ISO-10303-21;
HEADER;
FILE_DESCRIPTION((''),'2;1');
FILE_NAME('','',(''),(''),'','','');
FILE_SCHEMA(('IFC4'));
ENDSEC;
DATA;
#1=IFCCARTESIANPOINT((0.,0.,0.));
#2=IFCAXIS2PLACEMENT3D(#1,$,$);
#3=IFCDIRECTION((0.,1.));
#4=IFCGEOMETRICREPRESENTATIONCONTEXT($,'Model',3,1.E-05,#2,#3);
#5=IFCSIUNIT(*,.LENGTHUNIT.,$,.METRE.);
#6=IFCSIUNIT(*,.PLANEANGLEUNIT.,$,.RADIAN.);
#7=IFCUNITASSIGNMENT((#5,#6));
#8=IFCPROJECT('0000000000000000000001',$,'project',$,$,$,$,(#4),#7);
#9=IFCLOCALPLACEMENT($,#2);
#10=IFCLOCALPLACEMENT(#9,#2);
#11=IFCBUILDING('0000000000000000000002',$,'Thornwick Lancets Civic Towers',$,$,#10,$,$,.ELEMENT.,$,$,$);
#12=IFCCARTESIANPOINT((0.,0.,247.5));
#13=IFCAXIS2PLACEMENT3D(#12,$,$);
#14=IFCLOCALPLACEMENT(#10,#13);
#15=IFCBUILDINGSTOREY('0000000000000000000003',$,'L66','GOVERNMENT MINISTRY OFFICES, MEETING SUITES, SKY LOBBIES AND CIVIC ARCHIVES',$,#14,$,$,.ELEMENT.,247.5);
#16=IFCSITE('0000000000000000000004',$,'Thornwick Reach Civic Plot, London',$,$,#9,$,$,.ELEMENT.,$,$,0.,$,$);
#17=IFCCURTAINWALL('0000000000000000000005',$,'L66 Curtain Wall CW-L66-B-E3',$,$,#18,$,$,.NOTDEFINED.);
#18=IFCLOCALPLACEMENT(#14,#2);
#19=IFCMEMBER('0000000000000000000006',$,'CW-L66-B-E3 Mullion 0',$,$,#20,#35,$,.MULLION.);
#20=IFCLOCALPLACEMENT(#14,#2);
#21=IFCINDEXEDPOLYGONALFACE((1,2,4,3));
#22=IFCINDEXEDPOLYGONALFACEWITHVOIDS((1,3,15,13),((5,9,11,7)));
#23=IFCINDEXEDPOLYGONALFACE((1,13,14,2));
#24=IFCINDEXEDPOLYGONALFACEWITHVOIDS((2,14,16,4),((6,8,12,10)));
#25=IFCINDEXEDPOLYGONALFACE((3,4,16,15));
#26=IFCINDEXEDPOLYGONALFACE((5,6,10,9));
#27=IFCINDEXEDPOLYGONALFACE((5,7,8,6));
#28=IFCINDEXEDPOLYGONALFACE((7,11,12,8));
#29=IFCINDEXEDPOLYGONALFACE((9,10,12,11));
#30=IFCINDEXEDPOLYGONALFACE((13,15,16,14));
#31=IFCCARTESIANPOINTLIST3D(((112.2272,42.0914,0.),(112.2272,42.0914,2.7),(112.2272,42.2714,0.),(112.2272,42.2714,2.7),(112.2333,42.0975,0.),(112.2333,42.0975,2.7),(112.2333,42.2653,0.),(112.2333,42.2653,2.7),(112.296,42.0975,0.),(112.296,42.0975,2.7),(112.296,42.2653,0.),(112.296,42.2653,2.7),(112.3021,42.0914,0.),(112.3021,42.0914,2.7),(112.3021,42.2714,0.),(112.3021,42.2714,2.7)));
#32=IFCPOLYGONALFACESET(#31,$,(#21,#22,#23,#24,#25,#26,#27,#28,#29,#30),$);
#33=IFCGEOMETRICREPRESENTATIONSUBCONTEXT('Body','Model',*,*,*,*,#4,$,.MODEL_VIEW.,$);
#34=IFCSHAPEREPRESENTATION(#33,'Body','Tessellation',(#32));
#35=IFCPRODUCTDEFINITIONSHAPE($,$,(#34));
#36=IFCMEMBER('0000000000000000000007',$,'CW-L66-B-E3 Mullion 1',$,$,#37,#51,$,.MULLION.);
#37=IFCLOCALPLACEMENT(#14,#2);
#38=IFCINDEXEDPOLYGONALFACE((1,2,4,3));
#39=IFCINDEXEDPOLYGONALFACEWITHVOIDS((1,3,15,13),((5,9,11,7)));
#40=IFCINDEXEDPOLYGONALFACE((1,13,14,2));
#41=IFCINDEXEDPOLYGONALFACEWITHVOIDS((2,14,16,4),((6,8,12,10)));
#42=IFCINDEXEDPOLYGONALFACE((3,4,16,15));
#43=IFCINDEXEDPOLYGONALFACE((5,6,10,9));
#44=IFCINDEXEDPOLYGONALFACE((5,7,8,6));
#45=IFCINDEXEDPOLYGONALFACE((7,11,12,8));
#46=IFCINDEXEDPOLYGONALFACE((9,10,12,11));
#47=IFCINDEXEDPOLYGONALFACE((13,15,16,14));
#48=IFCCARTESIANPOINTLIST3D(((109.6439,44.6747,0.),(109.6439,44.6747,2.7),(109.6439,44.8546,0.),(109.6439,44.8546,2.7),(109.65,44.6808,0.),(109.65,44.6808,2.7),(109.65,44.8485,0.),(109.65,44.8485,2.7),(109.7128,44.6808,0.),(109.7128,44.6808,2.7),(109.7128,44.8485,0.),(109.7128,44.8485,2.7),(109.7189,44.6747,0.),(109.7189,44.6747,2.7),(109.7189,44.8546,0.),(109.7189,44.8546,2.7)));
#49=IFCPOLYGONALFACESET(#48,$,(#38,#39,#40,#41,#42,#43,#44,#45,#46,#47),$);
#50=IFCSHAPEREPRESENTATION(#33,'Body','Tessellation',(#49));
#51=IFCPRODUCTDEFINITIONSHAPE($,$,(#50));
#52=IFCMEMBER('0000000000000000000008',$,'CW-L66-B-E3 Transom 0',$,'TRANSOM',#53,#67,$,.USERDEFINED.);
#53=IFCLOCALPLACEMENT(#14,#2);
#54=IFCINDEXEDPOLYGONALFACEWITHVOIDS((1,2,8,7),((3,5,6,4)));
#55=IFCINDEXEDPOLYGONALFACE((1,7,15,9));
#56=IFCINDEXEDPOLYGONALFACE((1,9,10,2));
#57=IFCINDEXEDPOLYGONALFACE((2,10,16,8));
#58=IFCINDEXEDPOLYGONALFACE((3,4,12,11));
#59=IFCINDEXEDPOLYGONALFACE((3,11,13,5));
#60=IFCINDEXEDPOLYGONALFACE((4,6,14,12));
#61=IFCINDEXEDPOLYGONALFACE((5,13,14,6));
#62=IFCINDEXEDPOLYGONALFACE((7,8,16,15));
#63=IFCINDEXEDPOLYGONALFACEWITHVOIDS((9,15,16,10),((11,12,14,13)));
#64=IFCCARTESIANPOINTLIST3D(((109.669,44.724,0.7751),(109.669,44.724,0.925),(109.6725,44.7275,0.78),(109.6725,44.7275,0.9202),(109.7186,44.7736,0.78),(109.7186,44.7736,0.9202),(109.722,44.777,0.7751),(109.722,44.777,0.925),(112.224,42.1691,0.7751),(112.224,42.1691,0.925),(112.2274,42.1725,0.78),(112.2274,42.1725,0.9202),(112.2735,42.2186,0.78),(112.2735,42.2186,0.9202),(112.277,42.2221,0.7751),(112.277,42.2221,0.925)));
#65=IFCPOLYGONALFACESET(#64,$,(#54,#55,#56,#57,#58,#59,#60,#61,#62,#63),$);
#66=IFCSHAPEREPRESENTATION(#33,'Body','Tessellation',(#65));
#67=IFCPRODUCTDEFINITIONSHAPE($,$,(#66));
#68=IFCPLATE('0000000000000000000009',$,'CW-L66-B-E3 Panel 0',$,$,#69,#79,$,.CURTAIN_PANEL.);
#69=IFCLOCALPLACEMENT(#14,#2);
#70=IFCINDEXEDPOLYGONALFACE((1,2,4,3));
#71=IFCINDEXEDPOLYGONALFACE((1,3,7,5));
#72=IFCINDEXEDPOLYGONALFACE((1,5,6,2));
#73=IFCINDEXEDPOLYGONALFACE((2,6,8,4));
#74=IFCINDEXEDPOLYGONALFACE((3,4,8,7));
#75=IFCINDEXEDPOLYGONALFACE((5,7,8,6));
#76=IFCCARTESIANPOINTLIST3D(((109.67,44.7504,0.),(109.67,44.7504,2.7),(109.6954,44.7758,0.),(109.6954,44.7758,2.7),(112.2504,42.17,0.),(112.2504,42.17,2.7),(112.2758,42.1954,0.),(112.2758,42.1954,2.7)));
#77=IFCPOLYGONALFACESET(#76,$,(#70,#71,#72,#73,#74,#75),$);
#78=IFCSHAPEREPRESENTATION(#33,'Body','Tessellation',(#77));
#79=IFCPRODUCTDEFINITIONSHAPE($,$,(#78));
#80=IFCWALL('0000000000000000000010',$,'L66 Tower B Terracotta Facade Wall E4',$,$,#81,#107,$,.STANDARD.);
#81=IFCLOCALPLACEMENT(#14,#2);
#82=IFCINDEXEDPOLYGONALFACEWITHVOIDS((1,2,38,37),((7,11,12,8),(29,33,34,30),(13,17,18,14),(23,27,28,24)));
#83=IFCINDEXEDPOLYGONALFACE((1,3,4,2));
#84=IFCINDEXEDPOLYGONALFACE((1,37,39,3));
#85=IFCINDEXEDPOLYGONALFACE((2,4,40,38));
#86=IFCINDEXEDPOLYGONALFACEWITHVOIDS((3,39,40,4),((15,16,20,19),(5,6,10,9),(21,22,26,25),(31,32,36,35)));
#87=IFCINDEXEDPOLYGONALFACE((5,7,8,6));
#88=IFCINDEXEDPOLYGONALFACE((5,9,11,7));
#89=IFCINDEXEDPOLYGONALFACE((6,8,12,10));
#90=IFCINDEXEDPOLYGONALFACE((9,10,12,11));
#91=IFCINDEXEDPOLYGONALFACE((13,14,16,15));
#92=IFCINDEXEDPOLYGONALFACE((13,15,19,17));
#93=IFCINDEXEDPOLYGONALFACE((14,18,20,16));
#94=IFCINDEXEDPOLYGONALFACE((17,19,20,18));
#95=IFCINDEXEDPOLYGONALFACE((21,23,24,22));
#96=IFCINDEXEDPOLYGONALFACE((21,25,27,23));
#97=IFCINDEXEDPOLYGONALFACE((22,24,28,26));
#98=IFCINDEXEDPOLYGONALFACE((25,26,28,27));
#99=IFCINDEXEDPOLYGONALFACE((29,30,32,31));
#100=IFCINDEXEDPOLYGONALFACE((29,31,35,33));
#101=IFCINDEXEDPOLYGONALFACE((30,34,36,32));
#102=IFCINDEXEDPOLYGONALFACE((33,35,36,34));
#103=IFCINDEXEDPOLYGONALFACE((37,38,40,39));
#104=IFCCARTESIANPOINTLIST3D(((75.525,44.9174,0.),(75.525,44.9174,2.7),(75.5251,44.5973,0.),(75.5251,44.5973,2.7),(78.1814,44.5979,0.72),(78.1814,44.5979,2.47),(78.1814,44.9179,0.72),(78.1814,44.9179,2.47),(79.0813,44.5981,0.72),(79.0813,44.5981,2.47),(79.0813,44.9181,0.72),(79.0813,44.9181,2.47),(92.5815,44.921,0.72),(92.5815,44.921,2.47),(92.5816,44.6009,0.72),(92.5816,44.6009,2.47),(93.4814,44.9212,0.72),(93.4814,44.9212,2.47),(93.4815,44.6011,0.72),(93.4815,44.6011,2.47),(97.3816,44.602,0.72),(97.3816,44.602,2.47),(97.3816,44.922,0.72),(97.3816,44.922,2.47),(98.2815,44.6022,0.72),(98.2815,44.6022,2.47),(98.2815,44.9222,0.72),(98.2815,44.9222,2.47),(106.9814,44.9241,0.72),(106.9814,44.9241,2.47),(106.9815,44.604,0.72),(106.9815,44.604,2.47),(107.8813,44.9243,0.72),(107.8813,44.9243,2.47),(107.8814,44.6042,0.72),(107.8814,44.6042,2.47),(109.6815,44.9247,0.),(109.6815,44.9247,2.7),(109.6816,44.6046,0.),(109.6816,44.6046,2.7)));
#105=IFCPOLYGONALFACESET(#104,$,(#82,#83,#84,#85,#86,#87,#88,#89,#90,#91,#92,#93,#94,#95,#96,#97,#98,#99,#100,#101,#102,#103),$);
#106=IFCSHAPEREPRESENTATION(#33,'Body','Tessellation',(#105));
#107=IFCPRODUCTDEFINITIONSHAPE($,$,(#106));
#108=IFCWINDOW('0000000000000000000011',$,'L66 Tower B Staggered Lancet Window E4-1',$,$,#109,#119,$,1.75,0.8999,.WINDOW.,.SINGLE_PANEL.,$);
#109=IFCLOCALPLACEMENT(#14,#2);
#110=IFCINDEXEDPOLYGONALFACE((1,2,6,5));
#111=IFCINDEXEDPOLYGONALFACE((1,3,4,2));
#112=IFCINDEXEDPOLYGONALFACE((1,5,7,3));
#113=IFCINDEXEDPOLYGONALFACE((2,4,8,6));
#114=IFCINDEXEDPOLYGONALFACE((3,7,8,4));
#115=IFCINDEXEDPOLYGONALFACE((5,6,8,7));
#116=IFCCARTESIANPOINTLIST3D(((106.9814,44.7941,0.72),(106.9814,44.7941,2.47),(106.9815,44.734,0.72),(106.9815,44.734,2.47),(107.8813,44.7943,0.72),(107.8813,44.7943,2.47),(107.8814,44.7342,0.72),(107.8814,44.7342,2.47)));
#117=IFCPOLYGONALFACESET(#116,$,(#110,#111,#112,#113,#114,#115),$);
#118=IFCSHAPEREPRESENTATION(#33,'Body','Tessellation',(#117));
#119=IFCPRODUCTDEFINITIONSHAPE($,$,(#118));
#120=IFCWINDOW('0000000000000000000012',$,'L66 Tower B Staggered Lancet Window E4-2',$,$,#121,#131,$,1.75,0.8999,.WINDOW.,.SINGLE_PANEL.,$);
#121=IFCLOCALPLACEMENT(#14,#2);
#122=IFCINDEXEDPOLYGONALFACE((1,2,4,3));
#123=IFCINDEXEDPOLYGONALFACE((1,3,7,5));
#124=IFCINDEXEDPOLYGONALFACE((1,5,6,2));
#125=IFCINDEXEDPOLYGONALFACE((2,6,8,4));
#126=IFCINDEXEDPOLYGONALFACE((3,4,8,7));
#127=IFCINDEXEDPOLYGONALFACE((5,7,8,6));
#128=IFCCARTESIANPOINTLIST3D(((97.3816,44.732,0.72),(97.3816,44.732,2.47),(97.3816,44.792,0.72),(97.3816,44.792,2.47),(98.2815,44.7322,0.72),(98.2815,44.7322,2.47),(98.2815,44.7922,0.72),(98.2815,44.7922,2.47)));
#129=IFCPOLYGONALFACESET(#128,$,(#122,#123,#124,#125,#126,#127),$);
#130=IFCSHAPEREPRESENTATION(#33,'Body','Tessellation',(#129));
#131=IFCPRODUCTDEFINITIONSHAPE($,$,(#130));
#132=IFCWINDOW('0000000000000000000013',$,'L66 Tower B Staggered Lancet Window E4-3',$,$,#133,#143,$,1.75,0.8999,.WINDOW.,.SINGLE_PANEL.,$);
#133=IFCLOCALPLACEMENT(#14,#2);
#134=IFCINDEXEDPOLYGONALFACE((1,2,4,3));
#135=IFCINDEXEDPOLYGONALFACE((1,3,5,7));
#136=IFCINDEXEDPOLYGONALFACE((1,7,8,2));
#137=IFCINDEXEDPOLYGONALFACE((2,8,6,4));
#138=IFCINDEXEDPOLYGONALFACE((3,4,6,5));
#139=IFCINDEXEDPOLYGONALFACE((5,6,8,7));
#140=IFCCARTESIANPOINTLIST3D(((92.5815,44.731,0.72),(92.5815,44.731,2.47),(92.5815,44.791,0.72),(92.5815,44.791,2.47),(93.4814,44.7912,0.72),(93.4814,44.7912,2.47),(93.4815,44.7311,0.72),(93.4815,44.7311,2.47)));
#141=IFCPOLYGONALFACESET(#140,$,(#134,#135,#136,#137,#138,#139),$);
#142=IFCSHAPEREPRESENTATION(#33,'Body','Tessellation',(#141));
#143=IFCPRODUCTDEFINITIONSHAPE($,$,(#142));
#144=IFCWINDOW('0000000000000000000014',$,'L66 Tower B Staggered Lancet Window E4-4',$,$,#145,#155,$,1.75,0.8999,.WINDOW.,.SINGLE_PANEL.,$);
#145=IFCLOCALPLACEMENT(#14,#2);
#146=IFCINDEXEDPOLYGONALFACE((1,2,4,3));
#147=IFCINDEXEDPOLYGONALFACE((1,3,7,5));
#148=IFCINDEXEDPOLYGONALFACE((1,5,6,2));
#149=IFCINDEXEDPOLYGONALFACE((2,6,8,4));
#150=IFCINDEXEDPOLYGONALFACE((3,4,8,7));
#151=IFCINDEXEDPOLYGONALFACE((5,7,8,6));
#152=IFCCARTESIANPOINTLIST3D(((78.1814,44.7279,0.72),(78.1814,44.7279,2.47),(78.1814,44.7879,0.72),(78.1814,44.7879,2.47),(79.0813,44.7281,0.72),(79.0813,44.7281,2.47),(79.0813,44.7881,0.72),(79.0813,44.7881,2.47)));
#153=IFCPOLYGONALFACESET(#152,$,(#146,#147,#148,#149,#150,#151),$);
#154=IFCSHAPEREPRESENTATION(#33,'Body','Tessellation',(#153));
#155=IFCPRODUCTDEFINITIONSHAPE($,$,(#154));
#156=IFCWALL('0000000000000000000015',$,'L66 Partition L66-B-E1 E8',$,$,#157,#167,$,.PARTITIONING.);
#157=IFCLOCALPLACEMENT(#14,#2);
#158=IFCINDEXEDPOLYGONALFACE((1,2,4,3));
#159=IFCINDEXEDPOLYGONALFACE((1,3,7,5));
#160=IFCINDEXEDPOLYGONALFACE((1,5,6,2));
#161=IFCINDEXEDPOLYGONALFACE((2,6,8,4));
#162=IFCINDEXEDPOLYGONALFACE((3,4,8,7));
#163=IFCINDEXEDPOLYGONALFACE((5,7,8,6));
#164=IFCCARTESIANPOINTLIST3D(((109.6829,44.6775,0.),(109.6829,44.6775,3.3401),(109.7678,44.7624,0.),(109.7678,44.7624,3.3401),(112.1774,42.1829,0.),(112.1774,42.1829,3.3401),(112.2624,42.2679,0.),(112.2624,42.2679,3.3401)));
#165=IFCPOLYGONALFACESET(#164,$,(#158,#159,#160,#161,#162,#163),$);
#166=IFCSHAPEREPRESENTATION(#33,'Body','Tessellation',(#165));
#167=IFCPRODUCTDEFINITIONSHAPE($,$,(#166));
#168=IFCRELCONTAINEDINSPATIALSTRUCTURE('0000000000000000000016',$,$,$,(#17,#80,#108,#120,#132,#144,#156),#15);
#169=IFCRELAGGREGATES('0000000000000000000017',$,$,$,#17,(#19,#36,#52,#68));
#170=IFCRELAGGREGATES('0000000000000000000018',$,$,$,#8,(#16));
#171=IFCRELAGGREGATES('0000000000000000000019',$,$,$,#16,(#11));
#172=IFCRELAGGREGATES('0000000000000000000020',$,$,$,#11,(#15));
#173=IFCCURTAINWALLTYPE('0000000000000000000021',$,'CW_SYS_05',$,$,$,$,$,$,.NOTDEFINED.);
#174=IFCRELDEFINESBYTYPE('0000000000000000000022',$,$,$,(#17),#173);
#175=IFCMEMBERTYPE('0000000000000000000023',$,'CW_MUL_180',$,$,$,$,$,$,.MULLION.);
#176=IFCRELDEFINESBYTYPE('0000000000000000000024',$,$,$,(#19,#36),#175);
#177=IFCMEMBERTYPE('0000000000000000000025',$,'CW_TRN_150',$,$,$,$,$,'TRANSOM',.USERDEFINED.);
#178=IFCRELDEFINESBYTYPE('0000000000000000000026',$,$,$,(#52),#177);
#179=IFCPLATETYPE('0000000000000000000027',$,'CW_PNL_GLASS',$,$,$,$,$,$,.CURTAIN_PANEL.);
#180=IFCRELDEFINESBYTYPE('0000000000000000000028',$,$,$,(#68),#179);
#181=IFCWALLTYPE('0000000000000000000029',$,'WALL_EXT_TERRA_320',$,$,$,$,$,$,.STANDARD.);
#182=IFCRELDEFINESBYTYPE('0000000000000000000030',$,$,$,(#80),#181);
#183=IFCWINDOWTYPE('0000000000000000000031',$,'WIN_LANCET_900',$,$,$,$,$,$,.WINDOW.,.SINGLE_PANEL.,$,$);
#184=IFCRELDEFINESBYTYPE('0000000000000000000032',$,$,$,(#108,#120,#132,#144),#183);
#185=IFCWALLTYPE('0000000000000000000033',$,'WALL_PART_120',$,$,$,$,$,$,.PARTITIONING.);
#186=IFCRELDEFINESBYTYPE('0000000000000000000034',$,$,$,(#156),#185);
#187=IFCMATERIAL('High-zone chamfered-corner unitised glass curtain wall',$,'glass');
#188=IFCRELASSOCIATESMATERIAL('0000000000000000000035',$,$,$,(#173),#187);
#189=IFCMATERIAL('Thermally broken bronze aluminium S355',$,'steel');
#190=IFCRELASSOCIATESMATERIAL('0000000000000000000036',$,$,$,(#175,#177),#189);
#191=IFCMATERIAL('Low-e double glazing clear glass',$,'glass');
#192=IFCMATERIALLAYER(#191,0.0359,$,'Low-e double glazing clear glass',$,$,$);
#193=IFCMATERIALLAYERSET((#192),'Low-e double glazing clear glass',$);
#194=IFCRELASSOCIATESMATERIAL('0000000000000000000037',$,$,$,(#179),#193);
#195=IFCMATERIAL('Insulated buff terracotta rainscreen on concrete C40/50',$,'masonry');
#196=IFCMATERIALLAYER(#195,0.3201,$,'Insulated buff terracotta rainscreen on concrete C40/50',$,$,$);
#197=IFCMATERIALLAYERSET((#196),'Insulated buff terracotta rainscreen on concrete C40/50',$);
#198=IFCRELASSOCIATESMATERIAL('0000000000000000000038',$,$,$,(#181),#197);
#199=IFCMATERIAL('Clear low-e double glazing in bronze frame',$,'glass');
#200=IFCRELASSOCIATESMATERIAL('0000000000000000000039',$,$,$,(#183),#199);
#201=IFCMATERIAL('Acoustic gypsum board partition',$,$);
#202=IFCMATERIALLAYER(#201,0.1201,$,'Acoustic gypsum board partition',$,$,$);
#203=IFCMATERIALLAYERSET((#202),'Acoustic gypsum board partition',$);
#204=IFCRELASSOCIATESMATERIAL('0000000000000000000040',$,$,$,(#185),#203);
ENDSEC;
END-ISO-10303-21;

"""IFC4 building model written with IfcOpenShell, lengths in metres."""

from ifc_helpers import new_model, si_unit, direction, frame, frame_2d, origin, origin_2d, place, context, subcontext, project, spatial, rectangle, hollow_rectangle, extrude, material, layer, layer_set, material_profile, profile_set, type_object, element, fill, aggregate, save


model = new_model("IFC4")

# Units and contexts
model_context = context("Model", 3, precision=1e-05, world=origin(), true_north=direction((0.0, 1.0)))
body_context = subcontext(model_context, "Body", "Model", "MODEL_VIEW")
ifc_project = project(units=[si_unit("LENGTHUNIT", "METRE"), si_unit("PLANEANGLEUNIT", "RADIAN")], contexts=[model_context])

# Site, building, storey
site_placement = place(None, origin())
site = spatial("IfcSite", under=ifc_project, at=site_placement, Name="Thornwick Reach Civic Plot, London", CompositionType="ELEMENT", RefElevation=0.0)
building_placement = place(site_placement, origin())
building = spatial("IfcBuilding", under=site, at=building_placement, Name="Thornwick Lancets Civic Towers", CompositionType="ELEMENT")
storey_placement = place(building_placement, frame((0.0, 0.0, 247.5)))
storey = spatial("IfcBuildingStorey", under=building, at=storey_placement, Name="L66", Description="GOVERNMENT MINISTRY OFFICES, MEETING SUITES, SKY LOBBIES AND CIVIC ARCHIVES", CompositionType="ELEMENT", Elevation=247.5)

# Curtain wall, members, plate
ifc_material_1 = material(Name="High-zone chamfered-corner unitised glass curtain wall", Category="glass")
curtain_wall_type = type_object("IfcCurtainWallType", Name="CW_SYS_05", PredefinedType="NOTDEFINED", material=ifc_material_1)
curtain_wall_placement = place(storey_placement, origin())
curtain_wall = element("IfcCurtainWall", 1, at=curtain_wall_placement, inside=storey, type_object=curtain_wall_type, Name="L66 Curtain Wall CW-L66-B-E3", PredefinedType="NOTDEFINED")
ifc_material_2 = material(Name="Thermally broken bronze aluminium S355", Category="steel")
ifc_material_profile_1 = material_profile(ifc_material_2, hollow_rectangle(XDim=0.075, YDim=0.1799, WallThickness=0.0061, at=origin_2d()), Name="RHS 180x75x6")
ifc_profile_set_1 = profile_set([ifc_material_profile_1], Name="Thermally broken bronze aluminium S355")
member_type_1 = type_object("IfcMemberType", Name="CW_MUL_180", PredefinedType="MULLION", material=ifc_profile_set_1)
member_1_placement = place(storey_placement, frame((112.2646, 42.1814, 0.0), z_axis=(0.0, 0.0, 1.0), x_axis=(1.0, 0.0, 0.0)))
member_1 = element("IfcMember", 2, at=member_1_placement, type_object=member_type_1, Name="CW-L66-B-E3 Mullion 0", PredefinedType="MULLION", context=body_context, shape_type="SweptSolid", body=[
    extrude(hollow_rectangle(XDim=0.075, YDim=0.1799, WallThickness=0.0061, at=origin_2d()), origin(), (0.0, 0.0, 1.0), 2.7),
])
member_2_placement = place(storey_placement, frame((109.6814, 44.7646, 0.0), z_axis=(0.0, 0.0, 1.0), x_axis=(1.0, 0.0, 0.0)))
member_2 = element("IfcMember", 3, at=member_2_placement, type_object=member_type_1, Name="CW-L66-B-E3 Mullion 1", PredefinedType="MULLION", context=body_context, shape_type="SweptSolid", body=[
    extrude(hollow_rectangle(XDim=0.075, YDim=0.1799, WallThickness=0.0061, at=origin_2d()), origin(), (0.0, 0.0, 1.0), 2.7),
])
ifc_material_profile_2 = material_profile(ifc_material_2, hollow_rectangle(XDim=0.075, YDim=0.1499, WallThickness=0.0049, at=origin_2d()), Name="RHS 150x75x5")
ifc_profile_set_2 = profile_set([ifc_material_profile_2], Name="Thermally broken bronze aluminium S355")
member_type_2 = type_object("IfcMemberType", Name="CW_TRN_150", ElementType="TRANSOM", PredefinedType="USERDEFINED", material=ifc_profile_set_2)
member_3_placement = place(storey_placement, frame((112.2505, 42.1956, 0.8501), z_axis=(-0.707107, 0.707107, 0.0), x_axis=(-0.707107, -0.707107, 0.0)))
member_3 = element("IfcMember", 4, at=member_3_placement, type_object=member_type_2, Name="CW-L66-B-E3 Transom 0", ObjectType="TRANSOM", PredefinedType="USERDEFINED", context=body_context, shape_type="SweptSolid", body=[
    extrude(hollow_rectangle(XDim=0.075, YDim=0.1499, WallThickness=0.0049, at=origin_2d()), origin(), (0.0, 0.0, 1.0), 3.6133),
])
ifc_material_3 = material(Name="Low-e double glazing clear glass", Category="glass")
ifc_layer_1 = layer(ifc_material_3, 0.0359, Name="Low-e double glazing clear glass")
ifc_layer_set_1 = layer_set([ifc_layer_1], Name="Low-e double glazing clear glass")
plate_type = type_object("IfcPlateType", Name="CW_PNL_GLASS", PredefinedType="CURTAIN_PANEL", material=ifc_layer_set_1)
plate_placement = place(storey_placement, frame((110.9729, 43.4729, 0.0), z_axis=(0.0, 0.0, 1.0), x_axis=(-0.707107, 0.707107, 0.0)))
plate = element("IfcPlate", 5, at=plate_placement, type_object=plate_type, Name="CW-L66-B-E3 Panel 0", PredefinedType="CURTAIN_PANEL", context=body_context, shape_type="SweptSolid", body=[
    extrude(rectangle(XDim=3.6492, YDim=0.0359, at=origin_2d()), origin(), (0.0, 0.0, 1.0), 2.7),
])
aggregate(curtain_wall, [member_1, member_2, member_3, plate])

# Wall, openings, windows
ifc_material_4 = material(Name="Insulated buff terracotta rainscreen on concrete C40/50", Category="masonry")
ifc_layer_2 = layer(ifc_material_4, 0.3201, Name="Insulated buff terracotta rainscreen on concrete C40/50")
ifc_layer_set_2 = layer_set([ifc_layer_2], Name="Insulated buff terracotta rainscreen on concrete C40/50")
wall_type_1 = type_object("IfcWallType", Name="WALL_EXT_TERRA_320", PredefinedType="STANDARD", material=ifc_layer_set_2)
wall_1_placement = place(storey_placement, frame((109.6814, 44.7646, 0.0), z_axis=(0.0, 0.0, 1.0), x_axis=(-1.0, -0.000214, 0.0)))
wall_1 = element("IfcWall", 6, at=wall_1_placement, inside=storey, type_object=wall_type_1, Name="L66 Tower B Terracotta Facade Wall E4", PredefinedType="STANDARD", context=body_context, shape_type="SweptSolid", body=[
    extrude(rectangle(XDim=34.1565, YDim=0.3201, at=frame_2d((17.0781, 0.0))), origin(), (0.0, 0.0, 1.0), 2.7),
])
opening_1_placement = place(wall_1_placement, frame((1.8, 0.0, 0.72)))
opening_1 = element("IfcOpeningElement", 7, at=opening_1_placement, cuts=wall_1, PredefinedType="OPENING", context=body_context, shape_type="SweptSolid", body=[
    extrude(rectangle(XDim=0.8999, YDim=1.75, at=frame_2d((0.45, 0.875))), frame((0.0, 0.1699, 0.0), z_axis=(0.0, -1.0, 0.0), x_axis=(1.0, 0.0, 0.0)), (0.0, 0.0, 1.0), 0.3401),
])
opening_2_placement = place(wall_1_placement, frame((11.3999, 0.0, 0.72)))
opening_2 = element("IfcOpeningElement", 8, at=opening_2_placement, cuts=wall_1, PredefinedType="OPENING", context=body_context, shape_type="SweptSolid", body=[
    extrude(rectangle(XDim=0.8999, YDim=1.75, at=frame_2d((0.45, 0.875))), frame((0.0, 0.1699, 0.0), z_axis=(0.0, -1.0, 0.0), x_axis=(1.0, 0.0, 0.0)), (0.0, 0.0, 1.0), 0.3401),
])
opening_3_placement = place(wall_1_placement, frame((16.2, 0.0, 0.72)))
opening_3 = element("IfcOpeningElement", 9, at=opening_3_placement, cuts=wall_1, PredefinedType="OPENING", context=body_context, shape_type="SweptSolid", body=[
    extrude(rectangle(XDim=0.8999, YDim=1.75, at=frame_2d((0.45, 0.875))), frame((0.0, 0.1699, 0.0), z_axis=(0.0, -1.0, 0.0), x_axis=(1.0, 0.0, 0.0)), (0.0, 0.0, 1.0), 0.3401),
])
opening_4_placement = place(wall_1_placement, frame((30.6001, 0.0, 0.72)))
opening_4 = element("IfcOpeningElement", 10, at=opening_4_placement, cuts=wall_1, PredefinedType="OPENING", context=body_context, shape_type="SweptSolid", body=[
    extrude(rectangle(XDim=0.8999, YDim=1.75, at=frame_2d((0.45, 0.875))), frame((0.0, 0.1699, 0.0), z_axis=(0.0, -1.0, 0.0), x_axis=(1.0, 0.0, 0.0)), (0.0, 0.0, 1.0), 0.3401),
])
ifc_material_5 = material(Name="Clear low-e double glazing in bronze frame", Category="glass")
window_type = type_object("IfcWindowType", Name="WIN_LANCET_900", PartitioningType="SINGLE_PANEL", PredefinedType="WINDOW", material=ifc_material_5)
window_1_placement = place(opening_1_placement, origin())
window_1 = element("IfcWindow", 11, at=window_1_placement, inside=storey, type_object=window_type, Name="L66 Tower B Staggered Lancet Window E4-1", OverallHeight=1.75, OverallWidth=0.8999, PartitioningType="SINGLE_PANEL", PredefinedType="WINDOW", context=body_context, shape_type="SweptSolid", body=[
    extrude(rectangle(XDim=0.8999, YDim=1.75, at=frame_2d((0.45, 0.875))), frame((0.0, 0.03, 0.0), z_axis=(0.0, -1.0, 0.0), x_axis=(1.0, 0.0, 0.0)), (0.0, 0.0, 1.0), 0.0601),
])
fill(opening_1, window_1)
window_2_placement = place(opening_2_placement, origin())
window_2 = element("IfcWindow", 12, at=window_2_placement, inside=storey, type_object=window_type, Name="L66 Tower B Staggered Lancet Window E4-2", OverallHeight=1.75, OverallWidth=0.8999, PartitioningType="SINGLE_PANEL", PredefinedType="WINDOW", context=body_context, shape_type="SweptSolid", body=[
    extrude(rectangle(XDim=0.8999, YDim=1.75, at=frame_2d((0.45, 0.875))), frame((0.0, 0.03, 0.0), z_axis=(0.0, -1.0, 0.0), x_axis=(1.0, 0.0, 0.0)), (0.0, 0.0, 1.0), 0.0601),
])
fill(opening_2, window_2)
window_3_placement = place(opening_3_placement, origin())
window_3 = element("IfcWindow", 13, at=window_3_placement, inside=storey, type_object=window_type, Name="L66 Tower B Staggered Lancet Window E4-3", OverallHeight=1.75, OverallWidth=0.8999, PartitioningType="SINGLE_PANEL", PredefinedType="WINDOW", context=body_context, shape_type="SweptSolid", body=[
    extrude(rectangle(XDim=0.8999, YDim=1.75, at=frame_2d((0.45, 0.875))), frame((0.0, 0.03, 0.0), z_axis=(0.0, -1.0, 0.0), x_axis=(1.0, 0.0, 0.0)), (0.0, 0.0, 1.0), 0.0601),
])
fill(opening_3, window_3)
window_4_placement = place(opening_4_placement, origin())
window_4 = element("IfcWindow", 14, at=window_4_placement, inside=storey, type_object=window_type, Name="L66 Tower B Staggered Lancet Window E4-4", OverallHeight=1.75, OverallWidth=0.8999, PartitioningType="SINGLE_PANEL", PredefinedType="WINDOW", context=body_context, shape_type="SweptSolid", body=[
    extrude(rectangle(XDim=0.8999, YDim=1.75, at=frame_2d((0.45, 0.875))), frame((0.0, 0.03, 0.0), z_axis=(0.0, -1.0, 0.0), x_axis=(1.0, 0.0, 0.0)), (0.0, 0.0, 1.0), 0.0601),
])
fill(opening_4, window_4)

# Wall
ifc_material_6 = material(Name="Acoustic gypsum board partition")
ifc_layer_3 = layer(ifc_material_6, 0.1201, Name="Acoustic gypsum board partition")
ifc_layer_set_3 = layer_set([ifc_layer_3], Name="Acoustic gypsum board partition")
wall_type_2 = type_object("IfcWallType", Name="WALL_PART_120", PredefinedType="PARTITIONING", material=ifc_layer_set_3)
wall_2_placement = place(storey_placement, frame((109.7253, 44.72, 0.0), z_axis=(0.0, 0.0, 1.0), x_axis=(0.707107, -0.707107, 0.0)))
element("IfcWall", 15, at=wall_2_placement, inside=storey, type_object=wall_type_2, Name="L66 Partition L66-B-E1 E8", PredefinedType="PARTITIONING", context=body_context, shape_type="SweptSolid", body=[
    extrude(rectangle(XDim=3.5278, YDim=0.1201, at=frame_2d((1.7639, 0.0))), origin(), (0.0, 0.0, 1.0), 3.3401),
])

save(model, "model.ifc")
